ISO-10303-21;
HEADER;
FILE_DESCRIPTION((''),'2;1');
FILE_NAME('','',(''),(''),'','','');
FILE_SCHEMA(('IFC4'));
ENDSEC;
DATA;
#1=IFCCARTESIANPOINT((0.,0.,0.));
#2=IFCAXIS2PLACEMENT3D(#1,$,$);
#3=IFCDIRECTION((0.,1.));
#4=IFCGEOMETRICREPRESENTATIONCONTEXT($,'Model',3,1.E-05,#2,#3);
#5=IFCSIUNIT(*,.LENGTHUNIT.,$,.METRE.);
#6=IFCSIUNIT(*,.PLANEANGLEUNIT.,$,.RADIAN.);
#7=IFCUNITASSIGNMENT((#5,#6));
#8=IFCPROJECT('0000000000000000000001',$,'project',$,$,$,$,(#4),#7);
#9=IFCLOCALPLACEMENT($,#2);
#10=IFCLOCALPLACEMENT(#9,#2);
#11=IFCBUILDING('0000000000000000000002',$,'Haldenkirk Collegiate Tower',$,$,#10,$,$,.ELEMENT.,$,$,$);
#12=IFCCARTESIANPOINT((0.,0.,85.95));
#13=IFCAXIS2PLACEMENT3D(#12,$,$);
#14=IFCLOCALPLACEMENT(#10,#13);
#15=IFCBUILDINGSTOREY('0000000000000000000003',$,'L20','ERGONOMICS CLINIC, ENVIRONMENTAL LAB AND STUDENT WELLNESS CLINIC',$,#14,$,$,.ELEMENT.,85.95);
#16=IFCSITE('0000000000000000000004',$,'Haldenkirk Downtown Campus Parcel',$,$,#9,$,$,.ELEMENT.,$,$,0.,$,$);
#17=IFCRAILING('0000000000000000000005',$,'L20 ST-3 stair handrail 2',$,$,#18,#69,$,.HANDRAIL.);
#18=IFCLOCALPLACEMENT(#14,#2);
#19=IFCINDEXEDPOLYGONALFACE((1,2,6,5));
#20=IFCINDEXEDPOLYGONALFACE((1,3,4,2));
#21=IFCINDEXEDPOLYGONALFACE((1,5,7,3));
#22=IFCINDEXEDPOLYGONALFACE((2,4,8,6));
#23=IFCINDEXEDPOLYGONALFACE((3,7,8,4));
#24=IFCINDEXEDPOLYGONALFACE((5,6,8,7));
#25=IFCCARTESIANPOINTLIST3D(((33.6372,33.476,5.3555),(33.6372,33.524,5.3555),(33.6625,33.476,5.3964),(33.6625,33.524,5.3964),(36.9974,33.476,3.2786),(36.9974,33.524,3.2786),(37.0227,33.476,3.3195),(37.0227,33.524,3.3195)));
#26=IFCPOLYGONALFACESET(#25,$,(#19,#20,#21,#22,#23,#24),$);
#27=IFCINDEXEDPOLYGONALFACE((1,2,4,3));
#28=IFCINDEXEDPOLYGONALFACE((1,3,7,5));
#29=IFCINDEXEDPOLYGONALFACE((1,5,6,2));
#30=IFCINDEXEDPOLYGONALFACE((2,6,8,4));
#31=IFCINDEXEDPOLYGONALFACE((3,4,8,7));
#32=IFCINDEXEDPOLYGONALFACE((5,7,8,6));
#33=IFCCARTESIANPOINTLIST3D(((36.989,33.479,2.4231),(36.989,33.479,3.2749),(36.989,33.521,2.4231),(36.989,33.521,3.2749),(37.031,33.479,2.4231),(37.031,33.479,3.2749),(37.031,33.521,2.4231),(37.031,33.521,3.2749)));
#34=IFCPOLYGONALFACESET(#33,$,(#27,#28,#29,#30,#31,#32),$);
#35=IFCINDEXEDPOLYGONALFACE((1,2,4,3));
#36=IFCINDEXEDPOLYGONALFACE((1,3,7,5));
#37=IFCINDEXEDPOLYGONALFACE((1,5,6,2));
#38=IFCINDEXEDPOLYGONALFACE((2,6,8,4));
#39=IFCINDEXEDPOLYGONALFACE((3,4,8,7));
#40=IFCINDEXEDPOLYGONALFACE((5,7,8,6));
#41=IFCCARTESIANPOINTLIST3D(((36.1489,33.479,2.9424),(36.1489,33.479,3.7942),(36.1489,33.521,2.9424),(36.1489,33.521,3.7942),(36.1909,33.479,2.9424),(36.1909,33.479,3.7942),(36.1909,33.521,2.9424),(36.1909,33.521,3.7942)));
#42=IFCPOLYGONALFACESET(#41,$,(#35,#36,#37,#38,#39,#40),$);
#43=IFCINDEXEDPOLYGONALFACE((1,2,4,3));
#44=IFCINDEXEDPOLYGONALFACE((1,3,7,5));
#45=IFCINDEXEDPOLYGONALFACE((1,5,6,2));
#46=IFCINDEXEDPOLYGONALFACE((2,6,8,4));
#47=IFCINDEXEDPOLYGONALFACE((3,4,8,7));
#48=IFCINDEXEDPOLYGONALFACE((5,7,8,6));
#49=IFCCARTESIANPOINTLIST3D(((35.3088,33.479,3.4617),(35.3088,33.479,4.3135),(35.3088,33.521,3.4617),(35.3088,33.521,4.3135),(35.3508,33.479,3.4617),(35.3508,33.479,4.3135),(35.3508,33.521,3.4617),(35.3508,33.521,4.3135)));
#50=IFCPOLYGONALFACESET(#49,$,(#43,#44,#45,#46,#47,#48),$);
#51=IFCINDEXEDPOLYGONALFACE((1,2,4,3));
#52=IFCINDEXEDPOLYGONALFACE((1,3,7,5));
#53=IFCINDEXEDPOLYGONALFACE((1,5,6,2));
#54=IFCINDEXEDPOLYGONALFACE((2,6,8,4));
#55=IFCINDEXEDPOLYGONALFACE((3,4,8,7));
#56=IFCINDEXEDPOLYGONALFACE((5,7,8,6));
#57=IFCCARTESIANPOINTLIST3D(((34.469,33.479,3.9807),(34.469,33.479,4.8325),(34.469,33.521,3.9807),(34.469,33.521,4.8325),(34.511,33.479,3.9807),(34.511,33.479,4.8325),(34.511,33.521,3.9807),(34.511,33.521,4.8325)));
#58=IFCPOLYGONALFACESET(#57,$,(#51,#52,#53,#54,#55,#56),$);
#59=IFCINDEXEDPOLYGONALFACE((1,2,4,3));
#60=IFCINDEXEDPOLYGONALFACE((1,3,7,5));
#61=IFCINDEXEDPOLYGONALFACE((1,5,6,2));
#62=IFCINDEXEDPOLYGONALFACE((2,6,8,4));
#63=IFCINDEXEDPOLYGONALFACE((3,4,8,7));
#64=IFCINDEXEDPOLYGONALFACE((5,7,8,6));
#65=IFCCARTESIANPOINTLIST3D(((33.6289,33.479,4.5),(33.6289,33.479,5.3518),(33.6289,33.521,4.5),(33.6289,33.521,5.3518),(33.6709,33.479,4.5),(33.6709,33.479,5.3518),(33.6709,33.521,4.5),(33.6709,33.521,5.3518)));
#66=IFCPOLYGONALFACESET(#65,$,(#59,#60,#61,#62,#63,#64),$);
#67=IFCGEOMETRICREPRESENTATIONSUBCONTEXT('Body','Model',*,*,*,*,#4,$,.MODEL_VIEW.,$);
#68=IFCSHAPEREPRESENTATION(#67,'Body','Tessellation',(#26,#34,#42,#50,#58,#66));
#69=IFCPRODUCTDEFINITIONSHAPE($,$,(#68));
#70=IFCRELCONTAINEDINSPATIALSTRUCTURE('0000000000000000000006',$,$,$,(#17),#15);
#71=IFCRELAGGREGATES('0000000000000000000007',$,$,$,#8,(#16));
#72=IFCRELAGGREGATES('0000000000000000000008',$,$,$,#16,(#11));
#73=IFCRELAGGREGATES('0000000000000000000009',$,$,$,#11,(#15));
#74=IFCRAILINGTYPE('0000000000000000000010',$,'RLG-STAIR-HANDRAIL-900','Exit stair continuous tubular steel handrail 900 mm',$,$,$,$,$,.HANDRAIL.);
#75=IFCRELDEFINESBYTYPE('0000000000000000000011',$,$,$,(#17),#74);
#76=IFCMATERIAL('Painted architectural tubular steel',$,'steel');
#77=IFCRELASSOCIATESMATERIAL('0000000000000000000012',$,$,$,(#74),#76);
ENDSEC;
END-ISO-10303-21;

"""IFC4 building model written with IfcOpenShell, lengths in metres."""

from ifc_helpers import new_model, si_unit, direction, frame, origin, origin_2d, place, context, subcontext, project, spatial, rectangle, extrude, material, type_object, element, save


model = new_model("IFC4")

# Units and contexts
model_context = context("Model", 3, precision=1e-05, world=origin(), true_north=direction((0.0, 1.0)))
body_context = subcontext(model_context, "Body", "Model", "MODEL_VIEW")
ifc_project = project(units=[si_unit("LENGTHUNIT", "METRE"), si_unit("PLANEANGLEUNIT", "RADIAN")], contexts=[model_context])

# Site, building, storey
site_placement = place(None, origin())
site = spatial("IfcSite", under=ifc_project, at=site_placement, Name="Haldenkirk Downtown Campus Parcel", CompositionType="ELEMENT", RefElevation=0.0)
building_placement = place(site_placement, origin())
building = spatial("IfcBuilding", under=site, at=building_placement, Name="Haldenkirk Collegiate Tower", CompositionType="ELEMENT")
storey_placement = place(building_placement, frame((0.0, 0.0, 85.95)))
storey = spatial("IfcBuildingStorey", under=building, at=storey_placement, Name="L20", Description="ERGONOMICS CLINIC, ENVIRONMENTAL LAB AND STUDENT WELLNESS CLINIC", CompositionType="ELEMENT", Elevation=85.95)

# Railing
ifc_material_1 = material(Name="Painted architectural tubular steel", Category="steel")
railing_type_1 = type_object("IfcRailingType", Name="RLG-STAIR-HANDRAIL-900", Description="Exit stair continuous tubular steel handrail 900 mm", PredefinedType="HANDRAIL", material=ifc_material_1)
railing_1_placement = place(storey_placement, frame((37.01, 33.5, 2.4231)))
element("IfcRailing", 1, at=railing_1_placement, inside=storey, type_object=railing_type_1, Name="L20 ST-3 stair handrail 2", PredefinedType="HANDRAIL", context=body_context, shape_type="SweptSolid", body=[
    extrude(rectangle(XDim=0.0481, YDim=0.0481, at=origin_2d()), frame((0.0, 0.0, 0.876), z_axis=(-0.850623, 0.0, 0.525776), x_axis=(0.0, -1.0, 0.0)), (0.0, 0.0, 1.0), 3.9502),
    extrude(rectangle(XDim=0.042, YDim=0.042, at=origin_2d()), origin(), (0.0, 0.0, 1.0), 0.8518),
    extrude(rectangle(XDim=0.042, YDim=0.042, at=origin_2d()), frame((-0.8401, 0.0, 0.5193)), (0.0, 0.0, 1.0), 0.8518),
    extrude(rectangle(XDim=0.042, YDim=0.042, at=origin_2d()), frame((-1.6802, 0.0, 1.0386)), (0.0, 0.0, 1.0), 0.8518),
    extrude(rectangle(XDim=0.042, YDim=0.042, at=origin_2d()), frame((-2.52, 0.0, 1.5576)), (0.0, 0.0, 1.0), 0.8518),
    extrude(rectangle(XDim=0.042, YDim=0.042, at=origin_2d()), frame((-3.3601, 0.0, 2.0769)), (0.0, 0.0, 1.0), 0.8518),
])

save(model, "model.ifc")
